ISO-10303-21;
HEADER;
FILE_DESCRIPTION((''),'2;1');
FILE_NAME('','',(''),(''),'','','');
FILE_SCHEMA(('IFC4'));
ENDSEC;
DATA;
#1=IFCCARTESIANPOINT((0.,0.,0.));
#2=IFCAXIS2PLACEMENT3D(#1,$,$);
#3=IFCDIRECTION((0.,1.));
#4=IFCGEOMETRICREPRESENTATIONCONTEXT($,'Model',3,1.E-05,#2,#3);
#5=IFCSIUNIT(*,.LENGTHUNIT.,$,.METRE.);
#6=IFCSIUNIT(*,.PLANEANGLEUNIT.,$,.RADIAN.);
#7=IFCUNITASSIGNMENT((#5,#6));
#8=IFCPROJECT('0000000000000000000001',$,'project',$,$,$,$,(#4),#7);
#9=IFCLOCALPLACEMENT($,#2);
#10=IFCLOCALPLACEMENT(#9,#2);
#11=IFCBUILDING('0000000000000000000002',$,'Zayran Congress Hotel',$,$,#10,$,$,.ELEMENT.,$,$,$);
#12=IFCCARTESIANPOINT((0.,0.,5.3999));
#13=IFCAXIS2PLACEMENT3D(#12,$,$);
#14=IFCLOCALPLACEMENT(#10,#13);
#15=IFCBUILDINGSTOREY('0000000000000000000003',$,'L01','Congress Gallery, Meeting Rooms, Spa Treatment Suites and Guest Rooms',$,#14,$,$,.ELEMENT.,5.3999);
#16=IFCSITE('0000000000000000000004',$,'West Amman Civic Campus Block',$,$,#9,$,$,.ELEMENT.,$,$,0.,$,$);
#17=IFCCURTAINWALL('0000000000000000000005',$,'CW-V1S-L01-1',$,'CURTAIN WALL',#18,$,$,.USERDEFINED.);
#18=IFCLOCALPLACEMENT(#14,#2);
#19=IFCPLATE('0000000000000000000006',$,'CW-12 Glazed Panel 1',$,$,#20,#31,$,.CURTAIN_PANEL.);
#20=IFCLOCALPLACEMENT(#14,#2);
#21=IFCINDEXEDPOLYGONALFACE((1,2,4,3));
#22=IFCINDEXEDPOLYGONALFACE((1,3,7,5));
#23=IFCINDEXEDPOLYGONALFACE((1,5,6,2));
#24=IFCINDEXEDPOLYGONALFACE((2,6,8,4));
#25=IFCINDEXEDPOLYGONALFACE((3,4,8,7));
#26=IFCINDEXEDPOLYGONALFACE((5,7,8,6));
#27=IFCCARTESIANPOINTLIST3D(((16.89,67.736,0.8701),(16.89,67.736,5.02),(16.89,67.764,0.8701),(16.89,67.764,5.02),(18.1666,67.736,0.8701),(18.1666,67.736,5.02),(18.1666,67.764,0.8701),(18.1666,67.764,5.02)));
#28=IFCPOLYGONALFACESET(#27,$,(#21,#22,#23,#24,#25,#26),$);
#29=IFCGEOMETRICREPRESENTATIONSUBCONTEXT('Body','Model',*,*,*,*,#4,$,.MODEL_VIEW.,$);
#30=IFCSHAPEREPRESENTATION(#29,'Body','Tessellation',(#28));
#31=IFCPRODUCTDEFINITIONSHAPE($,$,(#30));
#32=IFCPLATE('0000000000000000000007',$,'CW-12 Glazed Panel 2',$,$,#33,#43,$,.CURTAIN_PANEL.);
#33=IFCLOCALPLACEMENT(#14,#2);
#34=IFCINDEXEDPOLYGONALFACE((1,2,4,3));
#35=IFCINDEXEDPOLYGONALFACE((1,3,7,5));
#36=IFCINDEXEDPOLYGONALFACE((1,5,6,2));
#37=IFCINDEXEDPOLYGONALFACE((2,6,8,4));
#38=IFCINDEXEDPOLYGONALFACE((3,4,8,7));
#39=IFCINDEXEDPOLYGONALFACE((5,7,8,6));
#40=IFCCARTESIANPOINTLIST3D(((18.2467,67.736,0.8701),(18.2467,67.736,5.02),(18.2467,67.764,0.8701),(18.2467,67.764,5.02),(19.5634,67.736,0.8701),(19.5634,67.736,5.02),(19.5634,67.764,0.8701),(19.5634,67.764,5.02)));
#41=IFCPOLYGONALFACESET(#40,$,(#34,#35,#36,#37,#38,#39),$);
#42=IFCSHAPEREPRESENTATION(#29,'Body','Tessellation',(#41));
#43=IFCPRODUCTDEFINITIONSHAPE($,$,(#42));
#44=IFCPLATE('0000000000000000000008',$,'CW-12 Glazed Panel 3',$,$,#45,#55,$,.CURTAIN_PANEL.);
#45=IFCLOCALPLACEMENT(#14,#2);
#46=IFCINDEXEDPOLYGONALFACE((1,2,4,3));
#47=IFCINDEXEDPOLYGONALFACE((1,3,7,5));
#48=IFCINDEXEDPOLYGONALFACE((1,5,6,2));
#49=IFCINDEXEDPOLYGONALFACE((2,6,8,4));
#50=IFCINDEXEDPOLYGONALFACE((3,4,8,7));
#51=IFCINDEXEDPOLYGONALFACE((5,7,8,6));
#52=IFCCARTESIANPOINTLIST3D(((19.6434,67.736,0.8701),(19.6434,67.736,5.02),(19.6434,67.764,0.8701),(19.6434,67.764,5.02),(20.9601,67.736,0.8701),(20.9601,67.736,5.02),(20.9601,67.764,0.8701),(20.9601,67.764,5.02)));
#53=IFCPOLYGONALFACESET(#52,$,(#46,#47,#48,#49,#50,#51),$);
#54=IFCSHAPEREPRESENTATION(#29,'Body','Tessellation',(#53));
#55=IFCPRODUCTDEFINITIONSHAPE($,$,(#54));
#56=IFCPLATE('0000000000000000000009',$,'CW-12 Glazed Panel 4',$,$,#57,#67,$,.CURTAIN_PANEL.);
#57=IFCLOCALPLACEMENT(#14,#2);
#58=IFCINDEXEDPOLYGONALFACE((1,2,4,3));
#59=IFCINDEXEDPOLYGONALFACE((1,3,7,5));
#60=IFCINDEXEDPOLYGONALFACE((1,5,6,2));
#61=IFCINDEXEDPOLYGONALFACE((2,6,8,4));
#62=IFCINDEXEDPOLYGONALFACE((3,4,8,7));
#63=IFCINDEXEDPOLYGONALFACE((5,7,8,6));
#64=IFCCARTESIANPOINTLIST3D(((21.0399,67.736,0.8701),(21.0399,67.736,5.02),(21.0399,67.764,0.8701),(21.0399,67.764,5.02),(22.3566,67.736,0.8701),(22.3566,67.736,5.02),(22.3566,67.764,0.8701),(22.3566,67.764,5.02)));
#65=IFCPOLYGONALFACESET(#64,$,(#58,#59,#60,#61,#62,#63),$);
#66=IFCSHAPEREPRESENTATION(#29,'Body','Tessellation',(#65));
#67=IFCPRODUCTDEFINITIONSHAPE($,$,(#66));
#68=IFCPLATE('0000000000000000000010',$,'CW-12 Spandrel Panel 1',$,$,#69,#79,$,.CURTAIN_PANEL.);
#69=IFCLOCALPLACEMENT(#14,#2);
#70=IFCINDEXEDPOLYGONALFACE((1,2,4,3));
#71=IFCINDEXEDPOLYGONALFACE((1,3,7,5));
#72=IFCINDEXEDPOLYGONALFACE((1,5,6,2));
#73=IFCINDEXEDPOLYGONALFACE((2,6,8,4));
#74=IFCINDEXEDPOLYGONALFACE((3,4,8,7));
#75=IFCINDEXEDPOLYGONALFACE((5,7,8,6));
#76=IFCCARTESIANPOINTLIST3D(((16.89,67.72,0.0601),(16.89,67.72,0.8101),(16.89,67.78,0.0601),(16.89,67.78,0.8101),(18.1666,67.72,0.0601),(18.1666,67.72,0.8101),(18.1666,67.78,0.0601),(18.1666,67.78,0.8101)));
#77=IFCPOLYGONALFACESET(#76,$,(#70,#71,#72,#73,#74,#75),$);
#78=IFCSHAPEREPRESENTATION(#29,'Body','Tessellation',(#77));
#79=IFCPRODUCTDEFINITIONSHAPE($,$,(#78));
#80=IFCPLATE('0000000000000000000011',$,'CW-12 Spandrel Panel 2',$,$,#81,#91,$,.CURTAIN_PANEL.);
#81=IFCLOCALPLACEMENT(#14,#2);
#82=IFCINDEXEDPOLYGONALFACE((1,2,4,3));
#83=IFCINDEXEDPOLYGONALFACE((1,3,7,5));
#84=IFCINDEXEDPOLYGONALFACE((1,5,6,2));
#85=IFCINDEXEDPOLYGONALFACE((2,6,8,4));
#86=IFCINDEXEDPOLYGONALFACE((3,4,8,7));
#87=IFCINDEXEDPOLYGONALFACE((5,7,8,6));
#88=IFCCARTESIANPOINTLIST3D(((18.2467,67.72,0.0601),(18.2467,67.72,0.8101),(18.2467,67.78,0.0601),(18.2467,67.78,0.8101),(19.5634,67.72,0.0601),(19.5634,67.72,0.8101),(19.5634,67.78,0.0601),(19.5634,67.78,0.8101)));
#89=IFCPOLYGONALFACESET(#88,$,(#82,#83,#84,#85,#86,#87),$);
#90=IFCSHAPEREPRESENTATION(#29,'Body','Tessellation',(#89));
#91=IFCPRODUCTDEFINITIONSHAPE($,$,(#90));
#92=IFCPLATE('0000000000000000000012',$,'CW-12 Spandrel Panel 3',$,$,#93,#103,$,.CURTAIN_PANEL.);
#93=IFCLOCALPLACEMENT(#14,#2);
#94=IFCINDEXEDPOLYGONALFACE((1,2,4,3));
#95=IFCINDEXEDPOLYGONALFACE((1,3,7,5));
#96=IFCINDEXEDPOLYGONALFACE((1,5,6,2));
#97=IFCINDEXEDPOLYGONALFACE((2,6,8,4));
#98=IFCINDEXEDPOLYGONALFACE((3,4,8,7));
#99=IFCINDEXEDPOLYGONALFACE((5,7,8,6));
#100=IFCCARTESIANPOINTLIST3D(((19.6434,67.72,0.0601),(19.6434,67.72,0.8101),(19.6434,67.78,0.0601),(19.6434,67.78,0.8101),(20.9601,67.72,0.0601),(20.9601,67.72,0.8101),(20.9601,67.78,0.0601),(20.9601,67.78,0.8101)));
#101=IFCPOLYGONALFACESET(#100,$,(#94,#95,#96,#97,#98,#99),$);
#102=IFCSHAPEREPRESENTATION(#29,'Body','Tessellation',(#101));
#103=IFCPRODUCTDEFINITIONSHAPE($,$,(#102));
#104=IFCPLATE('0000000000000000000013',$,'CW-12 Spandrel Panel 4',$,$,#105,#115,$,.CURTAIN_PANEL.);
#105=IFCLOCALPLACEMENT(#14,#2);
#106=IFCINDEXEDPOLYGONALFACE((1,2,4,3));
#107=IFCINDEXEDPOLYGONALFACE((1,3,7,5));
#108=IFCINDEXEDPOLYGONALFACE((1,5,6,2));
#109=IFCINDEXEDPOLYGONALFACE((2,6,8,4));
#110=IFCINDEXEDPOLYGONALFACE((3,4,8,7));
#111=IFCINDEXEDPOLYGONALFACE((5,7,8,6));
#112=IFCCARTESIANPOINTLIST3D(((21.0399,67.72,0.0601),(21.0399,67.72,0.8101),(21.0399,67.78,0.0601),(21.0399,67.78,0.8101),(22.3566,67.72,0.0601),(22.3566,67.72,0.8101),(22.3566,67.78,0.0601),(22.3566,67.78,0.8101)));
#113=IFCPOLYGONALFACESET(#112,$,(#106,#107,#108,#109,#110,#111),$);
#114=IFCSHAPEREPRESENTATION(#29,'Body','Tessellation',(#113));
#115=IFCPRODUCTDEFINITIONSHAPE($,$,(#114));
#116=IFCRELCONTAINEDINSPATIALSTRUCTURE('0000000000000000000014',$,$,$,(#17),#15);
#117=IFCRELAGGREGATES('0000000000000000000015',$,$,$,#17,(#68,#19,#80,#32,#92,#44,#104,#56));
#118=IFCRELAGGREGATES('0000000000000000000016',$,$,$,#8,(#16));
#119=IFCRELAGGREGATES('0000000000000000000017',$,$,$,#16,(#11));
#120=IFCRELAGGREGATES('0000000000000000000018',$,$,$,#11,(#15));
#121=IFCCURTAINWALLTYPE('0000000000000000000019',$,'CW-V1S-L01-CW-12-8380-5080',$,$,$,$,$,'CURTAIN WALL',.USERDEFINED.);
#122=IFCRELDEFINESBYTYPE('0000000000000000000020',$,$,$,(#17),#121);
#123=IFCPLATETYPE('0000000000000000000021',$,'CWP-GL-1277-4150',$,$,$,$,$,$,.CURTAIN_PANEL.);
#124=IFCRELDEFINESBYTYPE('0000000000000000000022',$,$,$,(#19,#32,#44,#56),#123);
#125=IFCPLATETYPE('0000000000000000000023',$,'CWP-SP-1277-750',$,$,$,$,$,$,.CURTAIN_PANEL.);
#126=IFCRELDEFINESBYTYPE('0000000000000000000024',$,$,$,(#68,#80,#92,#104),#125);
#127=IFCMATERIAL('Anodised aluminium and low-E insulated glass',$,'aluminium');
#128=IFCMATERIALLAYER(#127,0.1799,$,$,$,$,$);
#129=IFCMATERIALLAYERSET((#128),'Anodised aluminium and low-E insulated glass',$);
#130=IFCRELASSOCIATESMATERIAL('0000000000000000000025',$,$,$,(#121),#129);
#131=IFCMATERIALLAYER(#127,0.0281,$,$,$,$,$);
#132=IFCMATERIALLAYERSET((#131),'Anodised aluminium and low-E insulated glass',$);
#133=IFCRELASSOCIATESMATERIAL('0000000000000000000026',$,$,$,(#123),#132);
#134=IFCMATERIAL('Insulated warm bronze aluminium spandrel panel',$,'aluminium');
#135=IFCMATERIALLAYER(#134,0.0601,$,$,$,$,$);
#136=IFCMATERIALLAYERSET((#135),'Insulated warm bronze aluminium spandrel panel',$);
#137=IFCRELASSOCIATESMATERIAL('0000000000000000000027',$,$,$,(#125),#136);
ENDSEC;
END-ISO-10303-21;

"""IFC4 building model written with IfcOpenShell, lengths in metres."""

from ifc_helpers import new_model, si_unit, direction, frame, origin, origin_2d, place, context, subcontext, project, spatial, rectangle, extrude, material, layer, layer_set, type_object, element, aggregate, save


model = new_model("IFC4")

# Units and contexts
model_context = context("Model", 3, precision=1e-05, world=origin(), true_north=direction((0.0, 1.0)))
body_context = subcontext(model_context, "Body", "Model", "MODEL_VIEW")
ifc_project = project(units=[si_unit("LENGTHUNIT", "METRE"), si_unit("PLANEANGLEUNIT", "RADIAN")], contexts=[model_context])

# Site, building, storey
site_placement = place(None, origin())
site = spatial("IfcSite", under=ifc_project, at=site_placement, Name="West Amman Civic Campus Block", CompositionType="ELEMENT", RefElevation=0.0)
building_placement = place(site_placement, origin())
building = spatial("IfcBuilding", under=site, at=building_placement, Name="Zayran Congress Hotel", CompositionType="ELEMENT")
storey_placement = place(building_placement, frame((0.0, 0.0, 5.3999)))
storey = spatial("IfcBuildingStorey", under=building, at=storey_placement, Name="L01", Description="Congress Gallery, Meeting Rooms, Spa Treatment Suites and Guest Rooms", CompositionType="ELEMENT", Elevation=5.3999)

# Curtain wall
ifc_material_1 = material(Name="Anodised aluminium and low-E insulated glass", Category="aluminium")
ifc_layer_1 = layer(ifc_material_1, 0.1799)
ifc_layer_set_1 = layer_set([ifc_layer_1], Name="Anodised aluminium and low-E insulated glass")
curtain_wall_type_1 = type_object("IfcCurtainWallType", Name="CW-V1S-L01-CW-12-8380-5080", ElementType="CURTAIN WALL", PredefinedType="USERDEFINED", material=ifc_layer_set_1)
curtain_wall_1_placement = place(storey_placement, origin())
curtain_wall_1 = element("IfcCurtainWall", 1, at=curtain_wall_1_placement, inside=storey, type_object=curtain_wall_type_1, Name="CW-V1S-L01-1", ObjectType="CURTAIN WALL", PredefinedType="USERDEFINED")

# Plates
ifc_layer_2 = layer(ifc_material_1, 0.0281)
ifc_layer_set_2 = layer_set([ifc_layer_2], Name="Anodised aluminium and low-E insulated glass")
plate_type_1 = type_object("IfcPlateType", Name="CWP-GL-1277-4150", PredefinedType="CURTAIN_PANEL", material=ifc_layer_set_2)
plate_1_placement = place(storey_placement, frame((17.5283, 67.75, 0.8701), z_axis=(0.0, 0.0, 1.0), x_axis=(1.0, 0.0, 0.0)))
plate_1 = element("IfcPlate", 2, at=plate_1_placement, type_object=plate_type_1, Name="CW-12 Glazed Panel 1", PredefinedType="CURTAIN_PANEL", context=body_context, shape_type="SweptSolid", body=[
    extrude(rectangle(XDim=1.2766, YDim=0.0281, at=origin_2d()), origin(), (0.0, 0.0, 1.0), 4.1499),
])
plate_2_placement = place(storey_placement, frame((18.905, 67.75, 0.8701), z_axis=(0.0, 0.0, 1.0), x_axis=(1.0, 0.0, 0.0)))
plate_2 = element("IfcPlate", 3, at=plate_2_placement, type_object=plate_type_1, Name="CW-12 Glazed Panel 2", PredefinedType="CURTAIN_PANEL", context=body_context, shape_type="SweptSolid", body=[
    extrude(rectangle(XDim=1.3167, YDim=0.0281, at=origin_2d()), origin(), (0.0, 0.0, 1.0), 4.1499),
])
plate_3_placement = place(storey_placement, frame((20.3018, 67.75, 0.8701), z_axis=(0.0, 0.0, 1.0), x_axis=(1.0, 0.0, 0.0)))
plate_3 = element("IfcPlate", 4, at=plate_3_placement, type_object=plate_type_1, Name="CW-12 Glazed Panel 3", PredefinedType="CURTAIN_PANEL", context=body_context, shape_type="SweptSolid", body=[
    extrude(rectangle(XDim=1.3167, YDim=0.0281, at=origin_2d()), origin(), (0.0, 0.0, 1.0), 4.1499),
])
plate_4_placement = place(storey_placement, frame((21.6982, 67.75, 0.8701), z_axis=(0.0, 0.0, 1.0), x_axis=(1.0, 0.0, 0.0)))
plate_4 = element("IfcPlate", 5, at=plate_4_placement, type_object=plate_type_1, Name="CW-12 Glazed Panel 4", PredefinedType="CURTAIN_PANEL", context=body_context, shape_type="SweptSolid", body=[
    extrude(rectangle(XDim=1.3167, YDim=0.0281, at=origin_2d()), origin(), (0.0, 0.0, 1.0), 4.1499),
])
ifc_material_2 = material(Name="Insulated warm bronze aluminium spandrel panel", Category="aluminium")
ifc_layer_3 = layer(ifc_material_2, 0.0601)
ifc_layer_set_3 = layer_set([ifc_layer_3], Name="Insulated warm bronze aluminium spandrel panel")
plate_type_2 = type_object("IfcPlateType", Name="CWP-SP-1277-750", PredefinedType="CURTAIN_PANEL", material=ifc_layer_set_3)
plate_5_placement = place(storey_placement, frame((17.5283, 67.75, 0.0601), z_axis=(0.0, 0.0, 1.0), x_axis=(1.0, 0.0, 0.0)))
plate_5 = element("IfcPlate", 6, at=plate_5_placement, type_object=plate_type_2, Name="CW-12 Spandrel Panel 1", PredefinedType="CURTAIN_PANEL", context=body_context, shape_type="SweptSolid", body=[
    extrude(rectangle(XDim=1.2766, YDim=0.0601, at=origin_2d()), origin(), (0.0, 0.0, 1.0), 0.75),
])
plate_6_placement = place(storey_placement, frame((18.905, 67.75, 0.0601), z_axis=(0.0, 0.0, 1.0), x_axis=(1.0, 0.0, 0.0)))
plate_6 = element("IfcPlate", 7, at=plate_6_placement, type_object=plate_type_2, Name="CW-12 Spandrel Panel 2", PredefinedType="CURTAIN_PANEL", context=body_context, shape_type="SweptSolid", body=[
    extrude(rectangle(XDim=1.3167, YDim=0.0601, at=origin_2d()), origin(), (0.0, 0.0, 1.0), 0.75),
])
plate_7_placement = place(storey_placement, frame((20.3018, 67.75, 0.0601), z_axis=(0.0, 0.0, 1.0), x_axis=(1.0, 0.0, 0.0)))
plate_7 = element("IfcPlate", 8, at=plate_7_placement, type_object=plate_type_2, Name="CW-12 Spandrel Panel 3", PredefinedType="CURTAIN_PANEL", context=body_context, shape_type="SweptSolid", body=[
    extrude(rectangle(XDim=1.3167, YDim=0.0601, at=origin_2d()), origin(), (0.0, 0.0, 1.0), 0.75),
])
plate_8_placement = place(storey_placement, frame((21.6982, 67.75, 0.0601), z_axis=(0.0, 0.0, 1.0), x_axis=(1.0, 0.0, 0.0)))
plate_8 = element("IfcPlate", 9, at=plate_8_placement, type_object=plate_type_2, Name="CW-12 Spandrel Panel 4", PredefinedType="CURTAIN_PANEL", context=body_context, shape_type="SweptSolid", body=[
    extrude(rectangle(XDim=1.3167, YDim=0.0601, at=origin_2d()), origin(), (0.0, 0.0, 1.0), 0.75),
])
aggregate(curtain_wall_1, [plate_5, plate_1, plate_6, plate_2, plate_7, plate_3, plate_8, plate_4])

save(model, "model.ifc")
